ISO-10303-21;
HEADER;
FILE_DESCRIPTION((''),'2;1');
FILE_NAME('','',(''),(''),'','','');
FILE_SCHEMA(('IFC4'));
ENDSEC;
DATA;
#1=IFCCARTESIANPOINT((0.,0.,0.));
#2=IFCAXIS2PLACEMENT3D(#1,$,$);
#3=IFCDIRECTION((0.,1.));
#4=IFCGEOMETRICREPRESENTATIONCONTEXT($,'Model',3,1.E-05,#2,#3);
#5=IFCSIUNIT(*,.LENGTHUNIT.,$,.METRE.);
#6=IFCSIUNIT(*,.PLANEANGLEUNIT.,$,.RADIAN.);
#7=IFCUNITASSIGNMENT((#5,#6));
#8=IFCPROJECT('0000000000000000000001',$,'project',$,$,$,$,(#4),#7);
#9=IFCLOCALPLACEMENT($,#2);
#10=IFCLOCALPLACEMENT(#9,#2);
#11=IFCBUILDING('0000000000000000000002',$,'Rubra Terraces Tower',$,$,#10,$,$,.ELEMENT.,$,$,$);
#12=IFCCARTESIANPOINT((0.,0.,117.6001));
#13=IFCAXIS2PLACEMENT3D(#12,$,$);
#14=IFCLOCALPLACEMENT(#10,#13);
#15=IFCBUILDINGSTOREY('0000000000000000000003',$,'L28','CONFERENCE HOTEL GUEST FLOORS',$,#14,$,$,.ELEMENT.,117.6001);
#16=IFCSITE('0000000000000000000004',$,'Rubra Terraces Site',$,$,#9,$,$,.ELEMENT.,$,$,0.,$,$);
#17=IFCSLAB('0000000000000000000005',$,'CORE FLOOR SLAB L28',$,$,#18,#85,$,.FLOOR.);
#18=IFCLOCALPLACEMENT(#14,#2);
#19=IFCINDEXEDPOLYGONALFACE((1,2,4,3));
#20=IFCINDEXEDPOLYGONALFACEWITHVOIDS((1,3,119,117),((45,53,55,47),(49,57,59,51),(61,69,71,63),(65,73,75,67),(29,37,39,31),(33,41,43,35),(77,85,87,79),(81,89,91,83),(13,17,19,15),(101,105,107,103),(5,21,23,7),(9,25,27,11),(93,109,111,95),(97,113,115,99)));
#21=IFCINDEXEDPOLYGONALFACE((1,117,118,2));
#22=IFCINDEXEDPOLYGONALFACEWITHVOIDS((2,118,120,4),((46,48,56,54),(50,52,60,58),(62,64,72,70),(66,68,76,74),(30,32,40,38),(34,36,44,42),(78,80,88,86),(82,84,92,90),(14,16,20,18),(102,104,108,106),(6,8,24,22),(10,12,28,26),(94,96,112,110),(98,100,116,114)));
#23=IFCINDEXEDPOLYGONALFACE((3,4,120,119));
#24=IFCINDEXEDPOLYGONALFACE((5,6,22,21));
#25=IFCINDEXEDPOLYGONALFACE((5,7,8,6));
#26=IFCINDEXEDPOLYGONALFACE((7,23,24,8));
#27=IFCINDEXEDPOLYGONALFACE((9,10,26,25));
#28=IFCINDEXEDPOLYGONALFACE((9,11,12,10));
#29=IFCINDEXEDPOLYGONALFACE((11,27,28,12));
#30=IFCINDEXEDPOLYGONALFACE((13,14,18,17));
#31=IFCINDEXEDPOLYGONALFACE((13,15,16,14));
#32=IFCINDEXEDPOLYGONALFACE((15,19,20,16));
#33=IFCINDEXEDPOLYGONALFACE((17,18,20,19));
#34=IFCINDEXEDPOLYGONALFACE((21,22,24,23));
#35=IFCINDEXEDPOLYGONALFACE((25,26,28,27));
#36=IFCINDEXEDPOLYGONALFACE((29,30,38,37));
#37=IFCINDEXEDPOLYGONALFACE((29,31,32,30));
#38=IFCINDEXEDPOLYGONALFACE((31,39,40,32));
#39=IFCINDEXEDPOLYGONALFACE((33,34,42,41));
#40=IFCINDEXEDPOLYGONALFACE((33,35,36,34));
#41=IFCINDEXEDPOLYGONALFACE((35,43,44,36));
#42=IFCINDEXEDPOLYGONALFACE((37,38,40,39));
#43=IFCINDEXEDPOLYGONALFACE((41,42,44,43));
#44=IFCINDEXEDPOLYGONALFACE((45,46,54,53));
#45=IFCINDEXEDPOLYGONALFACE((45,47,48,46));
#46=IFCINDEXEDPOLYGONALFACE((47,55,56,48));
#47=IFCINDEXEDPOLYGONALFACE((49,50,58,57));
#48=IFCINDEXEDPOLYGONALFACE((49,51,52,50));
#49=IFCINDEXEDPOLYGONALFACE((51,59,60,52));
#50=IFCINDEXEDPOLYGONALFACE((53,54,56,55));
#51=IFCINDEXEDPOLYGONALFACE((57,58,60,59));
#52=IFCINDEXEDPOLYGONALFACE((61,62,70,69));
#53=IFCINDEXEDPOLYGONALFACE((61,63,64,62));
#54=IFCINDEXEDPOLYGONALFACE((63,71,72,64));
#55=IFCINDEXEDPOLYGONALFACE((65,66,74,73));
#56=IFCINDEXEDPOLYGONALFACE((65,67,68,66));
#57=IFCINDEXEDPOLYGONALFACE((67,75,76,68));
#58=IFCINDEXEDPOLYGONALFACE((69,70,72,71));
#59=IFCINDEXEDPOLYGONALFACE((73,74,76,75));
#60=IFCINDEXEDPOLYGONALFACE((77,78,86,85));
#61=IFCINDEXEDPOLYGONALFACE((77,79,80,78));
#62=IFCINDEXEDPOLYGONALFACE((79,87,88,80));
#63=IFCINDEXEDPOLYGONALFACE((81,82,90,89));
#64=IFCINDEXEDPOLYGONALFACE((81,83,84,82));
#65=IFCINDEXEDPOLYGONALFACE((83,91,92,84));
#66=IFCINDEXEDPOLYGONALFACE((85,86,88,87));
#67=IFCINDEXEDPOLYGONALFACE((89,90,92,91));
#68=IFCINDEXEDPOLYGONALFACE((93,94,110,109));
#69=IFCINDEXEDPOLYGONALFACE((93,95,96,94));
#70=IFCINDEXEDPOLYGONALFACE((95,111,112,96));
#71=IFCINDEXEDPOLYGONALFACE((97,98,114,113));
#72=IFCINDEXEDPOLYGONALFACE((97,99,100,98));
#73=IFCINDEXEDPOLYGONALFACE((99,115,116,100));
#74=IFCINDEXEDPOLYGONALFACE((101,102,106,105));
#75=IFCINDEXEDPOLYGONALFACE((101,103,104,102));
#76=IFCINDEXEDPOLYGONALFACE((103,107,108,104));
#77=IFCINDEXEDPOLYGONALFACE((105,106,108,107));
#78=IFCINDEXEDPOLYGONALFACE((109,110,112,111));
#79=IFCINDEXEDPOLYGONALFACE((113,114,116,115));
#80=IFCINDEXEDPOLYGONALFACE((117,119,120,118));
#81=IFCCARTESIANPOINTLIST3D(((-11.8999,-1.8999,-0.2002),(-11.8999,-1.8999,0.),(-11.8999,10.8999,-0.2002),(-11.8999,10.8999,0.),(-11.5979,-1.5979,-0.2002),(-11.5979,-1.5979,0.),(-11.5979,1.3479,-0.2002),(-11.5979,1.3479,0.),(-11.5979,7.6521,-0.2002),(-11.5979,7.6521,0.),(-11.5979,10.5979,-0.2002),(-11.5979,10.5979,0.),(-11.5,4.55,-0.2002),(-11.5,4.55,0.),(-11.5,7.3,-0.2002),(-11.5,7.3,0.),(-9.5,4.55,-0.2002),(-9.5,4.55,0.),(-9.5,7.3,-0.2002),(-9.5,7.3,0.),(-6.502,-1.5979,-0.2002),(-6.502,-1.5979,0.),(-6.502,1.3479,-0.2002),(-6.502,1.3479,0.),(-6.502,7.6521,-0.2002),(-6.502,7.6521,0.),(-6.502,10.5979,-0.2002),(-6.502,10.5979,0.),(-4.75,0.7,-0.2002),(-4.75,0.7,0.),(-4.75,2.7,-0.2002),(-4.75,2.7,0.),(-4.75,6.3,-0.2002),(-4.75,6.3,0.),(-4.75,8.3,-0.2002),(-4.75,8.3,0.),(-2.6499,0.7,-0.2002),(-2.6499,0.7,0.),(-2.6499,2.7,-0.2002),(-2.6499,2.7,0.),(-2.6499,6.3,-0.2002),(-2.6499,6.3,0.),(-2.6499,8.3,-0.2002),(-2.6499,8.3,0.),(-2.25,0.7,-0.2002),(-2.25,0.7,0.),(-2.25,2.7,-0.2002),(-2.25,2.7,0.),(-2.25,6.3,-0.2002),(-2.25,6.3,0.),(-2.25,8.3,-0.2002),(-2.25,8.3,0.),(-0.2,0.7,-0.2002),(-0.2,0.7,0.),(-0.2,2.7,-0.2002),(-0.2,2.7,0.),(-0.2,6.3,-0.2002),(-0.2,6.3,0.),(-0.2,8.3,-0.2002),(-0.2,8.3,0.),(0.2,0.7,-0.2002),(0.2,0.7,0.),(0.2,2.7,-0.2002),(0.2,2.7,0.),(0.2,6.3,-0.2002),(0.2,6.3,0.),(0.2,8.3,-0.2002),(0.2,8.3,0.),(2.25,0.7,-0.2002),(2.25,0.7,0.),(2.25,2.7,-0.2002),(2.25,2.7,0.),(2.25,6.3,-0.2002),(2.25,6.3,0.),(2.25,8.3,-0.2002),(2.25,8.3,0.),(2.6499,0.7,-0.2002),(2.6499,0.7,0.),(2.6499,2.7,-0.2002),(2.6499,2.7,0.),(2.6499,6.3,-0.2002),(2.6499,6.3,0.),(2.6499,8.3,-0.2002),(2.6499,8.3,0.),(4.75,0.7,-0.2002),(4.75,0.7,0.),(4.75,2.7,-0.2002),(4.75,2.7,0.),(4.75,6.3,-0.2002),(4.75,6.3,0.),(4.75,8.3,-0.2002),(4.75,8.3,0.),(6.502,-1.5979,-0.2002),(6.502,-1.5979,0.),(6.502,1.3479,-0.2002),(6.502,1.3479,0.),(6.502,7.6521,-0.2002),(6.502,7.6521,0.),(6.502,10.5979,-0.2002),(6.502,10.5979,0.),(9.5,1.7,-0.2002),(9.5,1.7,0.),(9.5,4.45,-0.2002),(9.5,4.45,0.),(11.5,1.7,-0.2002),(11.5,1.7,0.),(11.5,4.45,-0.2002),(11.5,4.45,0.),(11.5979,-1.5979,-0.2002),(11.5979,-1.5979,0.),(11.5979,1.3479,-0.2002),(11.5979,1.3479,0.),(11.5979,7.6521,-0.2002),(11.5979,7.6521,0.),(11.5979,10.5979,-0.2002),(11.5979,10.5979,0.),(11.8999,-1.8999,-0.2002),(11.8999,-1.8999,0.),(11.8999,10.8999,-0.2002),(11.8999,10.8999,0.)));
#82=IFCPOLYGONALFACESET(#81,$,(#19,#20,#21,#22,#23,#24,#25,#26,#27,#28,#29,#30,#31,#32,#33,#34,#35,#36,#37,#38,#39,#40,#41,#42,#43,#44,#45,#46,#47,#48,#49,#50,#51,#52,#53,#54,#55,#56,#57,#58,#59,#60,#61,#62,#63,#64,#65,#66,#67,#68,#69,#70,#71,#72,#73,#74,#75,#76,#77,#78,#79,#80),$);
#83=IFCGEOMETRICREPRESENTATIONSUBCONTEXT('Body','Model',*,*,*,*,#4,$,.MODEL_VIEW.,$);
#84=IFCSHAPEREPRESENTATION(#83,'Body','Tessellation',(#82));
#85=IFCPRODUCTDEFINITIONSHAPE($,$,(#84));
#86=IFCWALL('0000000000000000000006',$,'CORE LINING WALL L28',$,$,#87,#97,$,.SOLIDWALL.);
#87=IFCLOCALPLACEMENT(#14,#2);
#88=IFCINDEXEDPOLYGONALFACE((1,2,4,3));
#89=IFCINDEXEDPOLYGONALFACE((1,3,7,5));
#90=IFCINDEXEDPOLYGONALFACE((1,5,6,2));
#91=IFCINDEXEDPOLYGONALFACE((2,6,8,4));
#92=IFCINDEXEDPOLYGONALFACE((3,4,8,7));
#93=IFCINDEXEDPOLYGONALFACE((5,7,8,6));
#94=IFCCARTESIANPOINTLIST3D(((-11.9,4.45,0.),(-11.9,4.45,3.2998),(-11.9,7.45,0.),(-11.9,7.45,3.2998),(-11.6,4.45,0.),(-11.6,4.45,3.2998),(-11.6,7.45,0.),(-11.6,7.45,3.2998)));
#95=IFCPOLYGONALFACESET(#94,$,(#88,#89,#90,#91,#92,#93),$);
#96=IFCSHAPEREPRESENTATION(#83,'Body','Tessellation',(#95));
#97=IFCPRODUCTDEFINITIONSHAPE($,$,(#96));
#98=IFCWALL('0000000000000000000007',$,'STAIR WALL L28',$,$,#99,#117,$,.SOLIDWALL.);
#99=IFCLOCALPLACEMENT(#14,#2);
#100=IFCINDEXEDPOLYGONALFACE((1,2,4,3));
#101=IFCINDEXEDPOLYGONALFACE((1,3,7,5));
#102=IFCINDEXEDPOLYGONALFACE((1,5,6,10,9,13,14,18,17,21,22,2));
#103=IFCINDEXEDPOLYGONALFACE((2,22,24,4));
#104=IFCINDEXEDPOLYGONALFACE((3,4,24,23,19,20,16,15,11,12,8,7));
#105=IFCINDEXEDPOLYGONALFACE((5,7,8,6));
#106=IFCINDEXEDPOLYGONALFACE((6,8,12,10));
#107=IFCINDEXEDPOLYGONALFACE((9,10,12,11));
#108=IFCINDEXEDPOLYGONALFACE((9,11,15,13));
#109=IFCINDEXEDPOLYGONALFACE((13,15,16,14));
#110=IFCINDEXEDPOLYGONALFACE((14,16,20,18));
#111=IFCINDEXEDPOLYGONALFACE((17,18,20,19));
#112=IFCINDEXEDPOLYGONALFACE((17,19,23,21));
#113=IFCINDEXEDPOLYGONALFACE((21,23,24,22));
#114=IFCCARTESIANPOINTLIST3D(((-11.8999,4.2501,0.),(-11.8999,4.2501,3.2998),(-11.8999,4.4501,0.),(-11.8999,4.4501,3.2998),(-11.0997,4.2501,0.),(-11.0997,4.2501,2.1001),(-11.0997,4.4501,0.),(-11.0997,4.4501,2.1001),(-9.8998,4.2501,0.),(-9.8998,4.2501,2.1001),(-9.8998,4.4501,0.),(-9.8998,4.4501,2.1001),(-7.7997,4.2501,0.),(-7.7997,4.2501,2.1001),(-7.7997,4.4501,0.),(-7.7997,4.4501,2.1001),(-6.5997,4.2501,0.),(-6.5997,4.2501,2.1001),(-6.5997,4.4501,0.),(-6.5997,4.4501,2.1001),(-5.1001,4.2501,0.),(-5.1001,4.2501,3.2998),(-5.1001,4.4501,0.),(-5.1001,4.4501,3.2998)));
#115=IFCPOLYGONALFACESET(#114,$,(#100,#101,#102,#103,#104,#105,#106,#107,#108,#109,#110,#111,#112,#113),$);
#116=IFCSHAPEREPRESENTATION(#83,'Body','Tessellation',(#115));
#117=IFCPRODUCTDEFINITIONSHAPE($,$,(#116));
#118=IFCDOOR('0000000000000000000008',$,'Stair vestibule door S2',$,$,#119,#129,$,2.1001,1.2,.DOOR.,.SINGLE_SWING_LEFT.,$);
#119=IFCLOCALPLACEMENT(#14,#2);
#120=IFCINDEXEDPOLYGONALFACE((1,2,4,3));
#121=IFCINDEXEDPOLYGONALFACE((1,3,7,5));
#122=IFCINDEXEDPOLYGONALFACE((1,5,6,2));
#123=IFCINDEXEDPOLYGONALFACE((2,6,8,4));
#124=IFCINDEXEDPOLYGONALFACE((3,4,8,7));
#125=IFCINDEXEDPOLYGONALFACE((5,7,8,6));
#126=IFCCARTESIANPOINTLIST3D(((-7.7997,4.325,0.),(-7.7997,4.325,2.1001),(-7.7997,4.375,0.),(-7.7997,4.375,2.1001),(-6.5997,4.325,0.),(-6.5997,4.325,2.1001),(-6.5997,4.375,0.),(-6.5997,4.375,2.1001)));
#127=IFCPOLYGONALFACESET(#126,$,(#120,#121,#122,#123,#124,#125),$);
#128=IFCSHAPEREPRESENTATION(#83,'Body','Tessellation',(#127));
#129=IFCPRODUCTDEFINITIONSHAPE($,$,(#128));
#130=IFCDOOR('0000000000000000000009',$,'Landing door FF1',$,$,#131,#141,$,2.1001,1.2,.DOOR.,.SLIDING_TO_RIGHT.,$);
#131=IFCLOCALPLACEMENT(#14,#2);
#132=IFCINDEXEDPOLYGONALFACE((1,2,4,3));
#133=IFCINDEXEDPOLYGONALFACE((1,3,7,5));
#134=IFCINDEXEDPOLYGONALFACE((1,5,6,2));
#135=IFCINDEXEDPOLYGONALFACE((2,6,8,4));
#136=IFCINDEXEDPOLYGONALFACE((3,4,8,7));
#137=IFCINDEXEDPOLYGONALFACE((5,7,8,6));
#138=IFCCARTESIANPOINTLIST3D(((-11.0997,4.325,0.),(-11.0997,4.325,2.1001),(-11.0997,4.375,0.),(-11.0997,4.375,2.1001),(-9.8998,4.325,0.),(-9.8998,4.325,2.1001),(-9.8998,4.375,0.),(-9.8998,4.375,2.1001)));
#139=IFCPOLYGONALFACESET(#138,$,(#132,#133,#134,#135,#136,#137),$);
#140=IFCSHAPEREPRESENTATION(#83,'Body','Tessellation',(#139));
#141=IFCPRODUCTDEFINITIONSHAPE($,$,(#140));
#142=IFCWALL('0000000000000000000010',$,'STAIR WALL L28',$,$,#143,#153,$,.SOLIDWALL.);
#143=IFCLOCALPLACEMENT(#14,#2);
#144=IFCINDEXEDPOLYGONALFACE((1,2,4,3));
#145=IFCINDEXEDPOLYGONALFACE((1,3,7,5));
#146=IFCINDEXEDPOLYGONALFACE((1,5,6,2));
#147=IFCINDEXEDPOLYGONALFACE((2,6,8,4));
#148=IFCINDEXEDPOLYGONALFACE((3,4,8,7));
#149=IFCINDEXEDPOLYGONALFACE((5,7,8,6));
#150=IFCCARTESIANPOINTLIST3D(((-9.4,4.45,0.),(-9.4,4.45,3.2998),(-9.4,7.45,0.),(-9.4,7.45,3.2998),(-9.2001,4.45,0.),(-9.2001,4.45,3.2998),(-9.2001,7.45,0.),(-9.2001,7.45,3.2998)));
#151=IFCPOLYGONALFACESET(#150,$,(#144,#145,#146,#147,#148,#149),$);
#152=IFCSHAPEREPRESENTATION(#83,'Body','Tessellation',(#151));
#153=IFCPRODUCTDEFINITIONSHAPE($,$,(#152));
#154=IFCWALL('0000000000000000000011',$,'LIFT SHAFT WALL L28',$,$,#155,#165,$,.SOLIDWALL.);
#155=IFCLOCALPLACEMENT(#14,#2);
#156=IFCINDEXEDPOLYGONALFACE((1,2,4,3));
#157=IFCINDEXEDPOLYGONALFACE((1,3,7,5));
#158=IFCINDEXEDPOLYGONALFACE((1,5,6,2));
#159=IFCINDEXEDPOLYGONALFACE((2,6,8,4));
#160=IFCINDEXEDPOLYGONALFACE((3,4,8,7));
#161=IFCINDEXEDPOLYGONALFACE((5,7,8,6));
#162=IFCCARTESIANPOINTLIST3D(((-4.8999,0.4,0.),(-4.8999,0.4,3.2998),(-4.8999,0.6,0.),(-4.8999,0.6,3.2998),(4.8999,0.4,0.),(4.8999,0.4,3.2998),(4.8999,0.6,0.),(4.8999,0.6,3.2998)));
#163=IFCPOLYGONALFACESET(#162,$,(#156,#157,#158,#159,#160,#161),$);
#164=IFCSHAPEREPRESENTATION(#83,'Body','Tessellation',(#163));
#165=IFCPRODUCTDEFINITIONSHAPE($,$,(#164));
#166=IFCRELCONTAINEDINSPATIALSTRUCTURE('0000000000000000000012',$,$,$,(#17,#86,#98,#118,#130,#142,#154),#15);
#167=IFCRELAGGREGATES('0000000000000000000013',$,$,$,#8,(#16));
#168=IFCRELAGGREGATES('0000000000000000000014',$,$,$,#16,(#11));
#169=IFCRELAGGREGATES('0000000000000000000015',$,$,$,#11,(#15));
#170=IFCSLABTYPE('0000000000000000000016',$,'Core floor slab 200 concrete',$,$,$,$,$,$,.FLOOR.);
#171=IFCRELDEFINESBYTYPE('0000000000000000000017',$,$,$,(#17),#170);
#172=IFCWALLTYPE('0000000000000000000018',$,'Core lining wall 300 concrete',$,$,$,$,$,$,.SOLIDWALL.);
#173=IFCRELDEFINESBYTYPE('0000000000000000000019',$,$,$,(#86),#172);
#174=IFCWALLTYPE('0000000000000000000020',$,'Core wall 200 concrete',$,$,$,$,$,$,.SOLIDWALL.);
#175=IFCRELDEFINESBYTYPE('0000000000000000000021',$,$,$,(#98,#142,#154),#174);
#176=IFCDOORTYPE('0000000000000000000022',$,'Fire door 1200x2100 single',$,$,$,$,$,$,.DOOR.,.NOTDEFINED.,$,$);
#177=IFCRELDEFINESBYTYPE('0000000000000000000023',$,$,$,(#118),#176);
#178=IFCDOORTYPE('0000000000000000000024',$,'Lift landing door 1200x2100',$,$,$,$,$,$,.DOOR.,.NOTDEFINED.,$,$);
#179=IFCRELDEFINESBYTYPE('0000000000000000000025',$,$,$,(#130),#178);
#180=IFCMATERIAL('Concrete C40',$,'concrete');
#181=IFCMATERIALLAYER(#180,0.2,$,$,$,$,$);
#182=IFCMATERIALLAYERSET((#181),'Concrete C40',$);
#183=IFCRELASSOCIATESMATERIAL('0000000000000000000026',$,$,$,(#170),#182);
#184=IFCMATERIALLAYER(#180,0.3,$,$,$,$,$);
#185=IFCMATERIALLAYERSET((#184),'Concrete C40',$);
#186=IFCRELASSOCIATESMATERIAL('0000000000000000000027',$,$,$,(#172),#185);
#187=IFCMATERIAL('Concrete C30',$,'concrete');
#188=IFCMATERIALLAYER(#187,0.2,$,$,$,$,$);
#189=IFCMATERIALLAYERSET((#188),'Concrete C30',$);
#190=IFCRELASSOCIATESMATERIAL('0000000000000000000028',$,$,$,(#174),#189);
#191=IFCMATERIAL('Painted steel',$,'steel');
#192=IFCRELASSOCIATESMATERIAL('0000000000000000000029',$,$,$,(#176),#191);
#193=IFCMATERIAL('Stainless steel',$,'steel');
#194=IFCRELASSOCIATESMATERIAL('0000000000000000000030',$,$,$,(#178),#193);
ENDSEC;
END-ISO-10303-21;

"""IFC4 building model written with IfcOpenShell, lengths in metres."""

from ifc_helpers import new_model, si_unit, direction, frame, frame_2d, origin, place, context, subcontext, project, spatial, polyline, rectangle, outline, extrude, material, layer, layer_set, type_object, element, fill, save


model = new_model("IFC4")

# Units and contexts
model_context = context("Model", 3, precision=1e-05, world=origin(), true_north=direction((0.0, 1.0)))
body_context = subcontext(model_context, "Body", "Model", "MODEL_VIEW")
ifc_project = project(units=[si_unit("LENGTHUNIT", "METRE"), si_unit("PLANEANGLEUNIT", "RADIAN")], contexts=[model_context])

# Site, building, storey
site_placement = place(None, origin())
site = spatial("IfcSite", under=ifc_project, at=site_placement, Name="Rubra Terraces Site", CompositionType="ELEMENT", RefElevation=0.0)
building_placement = place(site_placement, origin())
building = spatial("IfcBuilding", under=site, at=building_placement, Name="Rubra Terraces Tower", CompositionType="ELEMENT")
storey_placement = place(building_placement, frame((0.0, 0.0, 117.6001)))
storey = spatial("IfcBuildingStorey", under=building, at=storey_placement, Name="L28", Description="CONFERENCE HOTEL GUEST FLOORS", CompositionType="ELEMENT", Elevation=117.6001)

# Slab
ifc_material_1 = material(Name="Concrete C40", Category="concrete")
ifc_layer_1 = layer(ifc_material_1, 0.2)
ifc_layer_set_1 = layer_set([ifc_layer_1], Name="Concrete C40")
slab_type = type_object("IfcSlabType", Name="Core floor slab 200 concrete", PredefinedType="FLOOR", material=ifc_layer_set_1)
slab_placement = place(storey_placement, frame((0.0, 0.0, -0.2002)))
element("IfcSlab", 1, at=slab_placement, inside=storey, type_object=slab_type, Name="CORE FLOOR SLAB L28", PredefinedType="FLOOR", context=body_context, shape_type="SweptSolid", body=[
    extrude(outline(polyline([(-11.8999, -1.8999), (-11.8999, 10.8999), (11.8999, 10.8999), (11.8999, -1.8999), (-11.8999, -1.8999)]), holes=[polyline([(11.5979, 1.3479), (6.502, 1.3479), (6.502, -1.5979), (11.5979, -1.5979), (11.5979, 1.3479)]), polyline([(11.5979, 7.6521), (11.5979, 10.5979), (6.502, 10.5979), (6.502, 7.6521), (11.5979, 7.6521)]), polyline([(9.5, 1.7), (11.5, 1.7), (11.5, 4.45), (9.5, 4.45), (9.5, 1.7)]), polyline([(4.75, 0.7), (4.75, 2.7), (2.6499, 2.7), (2.6499, 0.7), (4.75, 0.7)]), polyline([(4.75, 6.3), (4.75, 8.3), (2.6499, 8.3), (2.6499, 6.3), (4.75, 6.3)]), polyline([(2.25, 0.7), (2.25, 2.7), (0.2, 2.7), (0.2, 0.7), (2.25, 0.7)]), polyline([(2.25, 6.3), (2.25, 8.3), (0.2, 8.3), (0.2, 6.3), (2.25, 6.3)]), polyline([(-0.2, 0.7), (-0.2, 2.7), (-2.25, 2.7), (-2.25, 0.7), (-0.2, 0.7)]), polyline([(-0.2, 6.3), (-0.2, 8.3), (-2.25, 8.3), (-2.25, 6.3), (-0.2, 6.3)]), polyline([(-2.6499, 0.7), (-2.6499, 2.7), (-4.75, 2.7), (-4.75, 0.7), (-2.6499, 0.7)]), polyline([(-2.6499, 8.3), (-4.75, 8.3), (-4.75, 6.3), (-2.6499, 6.3), (-2.6499, 8.3)]), polyline([(-11.5979, -1.5979), (-6.502, -1.5979), (-6.502, 1.3479), (-11.5979, 1.3479), (-11.5979, -1.5979)]), polyline([(-11.5979, 10.5979), (-11.5979, 7.6521), (-6.502, 7.6521), (-6.502, 10.5979), (-11.5979, 10.5979)]), polyline([(-9.5, 4.55), (-9.5, 7.3), (-11.5, 7.3), (-11.5, 4.55), (-9.5, 4.55)])]), origin(), (0.0, 0.0, 1.0), 0.2002),
])

# Wall
ifc_layer_2 = layer(ifc_material_1, 0.3)
ifc_layer_set_2 = layer_set([ifc_layer_2], Name="Concrete C40")
wall_type_1 = type_object("IfcWallType", Name="Core lining wall 300 concrete", PredefinedType="SOLIDWALL", material=ifc_layer_set_2)
wall_1_placement = place(storey_placement, frame((-11.75, 4.45, 0.0), z_axis=(0.0, 0.0, 1.0), x_axis=(0.0, 1.0, 0.0)))
element("IfcWall", 2, at=wall_1_placement, inside=storey, type_object=wall_type_1, Name="CORE LINING WALL L28", PredefinedType="SOLIDWALL", context=body_context, shape_type="SweptSolid", body=[
    extrude(rectangle(XDim=3.0, YDim=0.3, at=frame_2d((1.5, 0.0))), origin(), (0.0, 0.0, 1.0), 3.2998),
])

# Wall, openings, doors
ifc_material_2 = material(Name="Concrete C30", Category="concrete")
ifc_layer_3 = layer(ifc_material_2, 0.2)
ifc_layer_set_3 = layer_set([ifc_layer_3], Name="Concrete C30")
wall_type_2 = type_object("IfcWallType", Name="Core wall 200 concrete", PredefinedType="SOLIDWALL", material=ifc_layer_set_3)
wall_2_placement = place(storey_placement, frame((-11.8999, 4.3501, 0.0), z_axis=(0.0, 0.0, 1.0), x_axis=(1.0, 0.0, 0.0)))
wall_2 = element("IfcWall", 3, at=wall_2_placement, inside=storey, type_object=wall_type_2, Name="STAIR WALL L28", PredefinedType="SOLIDWALL", context=body_context, shape_type="SweptSolid", body=[
    extrude(rectangle(XDim=6.7998, YDim=0.2, at=frame_2d((3.3999, 0.0))), origin(), (0.0, 0.0, 1.0), 3.2998),
])
opening_1_placement = place(wall_2_placement, frame((4.1001, 0.0, 0.0)))
opening_1 = element("IfcOpeningElement", 4, at=opening_1_placement, cuts=wall_2, PredefinedType="OPENING", context=body_context, shape_type="SweptSolid", body=[
    extrude(rectangle(XDim=1.2, YDim=2.1001, at=frame_2d((0.6001, 1.05))), frame((0.0, 0.1099, 0.0), z_axis=(0.0, -1.0, 0.0), x_axis=(1.0, 0.0, 0.0)), (0.0, 0.0, 1.0), 0.22),
])
opening_2_placement = place(wall_2_placement, frame((0.8, 0.0, 0.0)))
opening_2 = element("IfcOpeningElement", 5, at=opening_2_placement, cuts=wall_2, PredefinedType="OPENING", context=body_context, shape_type="SweptSolid", body=[
    extrude(rectangle(XDim=1.2, YDim=2.1001, at=frame_2d((0.6001, 1.05))), frame((0.0, 0.1099, 0.0), z_axis=(0.0, -1.0, 0.0), x_axis=(1.0, 0.0, 0.0)), (0.0, 0.0, 1.0), 0.22),
])
ifc_material_3 = material(Name="Painted steel", Category="steel")
door_type_1 = type_object("IfcDoorType", Name="Fire door 1200x2100 single", OperationType="NOTDEFINED", PredefinedType="DOOR", material=ifc_material_3)
door_1_placement = place(opening_1_placement, origin())
door_1 = element("IfcDoor", 6, at=door_1_placement, inside=storey, type_object=door_type_1, Name="Stair vestibule door S2", OperationType="SINGLE_SWING_LEFT", OverallHeight=2.1001, OverallWidth=1.2, PredefinedType="DOOR", context=body_context, shape_type="SweptSolid", body=[
    extrude(rectangle(XDim=1.2, YDim=2.1001, at=frame_2d((0.6001, 1.05))), frame((0.0, 0.0249, 0.0), z_axis=(0.0, -1.0, 0.0), x_axis=(1.0, 0.0, 0.0)), (0.0, 0.0, 1.0), 0.05),
])
fill(opening_1, door_1)
ifc_material_4 = material(Name="Stainless steel", Category="steel")
door_type_2 = type_object("IfcDoorType", Name="Lift landing door 1200x2100", OperationType="NOTDEFINED", PredefinedType="DOOR", material=ifc_material_4)
door_2_placement = place(opening_2_placement, origin())
door_2 = element("IfcDoor", 7, at=door_2_placement, inside=storey, type_object=door_type_2, Name="Landing door FF1", OperationType="SLIDING_TO_RIGHT", OverallHeight=2.1001, OverallWidth=1.2, PredefinedType="DOOR", context=body_context, shape_type="SweptSolid", body=[
    extrude(rectangle(XDim=1.2, YDim=2.1001, at=frame_2d((0.6001, 1.05))), frame((0.0, 0.0249, 0.0), z_axis=(0.0, -1.0, 0.0), x_axis=(1.0, 0.0, 0.0)), (0.0, 0.0, 1.0), 0.05),
])
fill(opening_2, door_2)

# Walls
wall_3_placement = place(storey_placement, frame((-9.3, 4.45, 0.0), z_axis=(0.0, 0.0, 1.0), x_axis=(0.0, 1.0, 0.0)))
element("IfcWall", 8, at=wall_3_placement, inside=storey, type_object=wall_type_2, Name="STAIR WALL L28", PredefinedType="SOLIDWALL", context=body_context, shape_type="SweptSolid", body=[
    extrude(rectangle(XDim=3.0, YDim=0.2, at=frame_2d((1.5, 0.0))), origin(), (0.0, 0.0, 1.0), 3.2998),
])
wall_4_placement = place(storey_placement, frame((-4.8999, 0.5, 0.0), z_axis=(0.0, 0.0, 1.0), x_axis=(1.0, 0.0, 0.0)))
element("IfcWall", 9, at=wall_4_placement, inside=storey, type_object=wall_type_2, Name="LIFT SHAFT WALL L28", PredefinedType="SOLIDWALL", context=body_context, shape_type="SweptSolid", body=[
    extrude(rectangle(XDim=9.7998, YDim=0.2, at=frame_2d((4.8999, 0.0))), origin(), (0.0, 0.0, 1.0), 3.2998),
])

save(model, "model.ifc")
